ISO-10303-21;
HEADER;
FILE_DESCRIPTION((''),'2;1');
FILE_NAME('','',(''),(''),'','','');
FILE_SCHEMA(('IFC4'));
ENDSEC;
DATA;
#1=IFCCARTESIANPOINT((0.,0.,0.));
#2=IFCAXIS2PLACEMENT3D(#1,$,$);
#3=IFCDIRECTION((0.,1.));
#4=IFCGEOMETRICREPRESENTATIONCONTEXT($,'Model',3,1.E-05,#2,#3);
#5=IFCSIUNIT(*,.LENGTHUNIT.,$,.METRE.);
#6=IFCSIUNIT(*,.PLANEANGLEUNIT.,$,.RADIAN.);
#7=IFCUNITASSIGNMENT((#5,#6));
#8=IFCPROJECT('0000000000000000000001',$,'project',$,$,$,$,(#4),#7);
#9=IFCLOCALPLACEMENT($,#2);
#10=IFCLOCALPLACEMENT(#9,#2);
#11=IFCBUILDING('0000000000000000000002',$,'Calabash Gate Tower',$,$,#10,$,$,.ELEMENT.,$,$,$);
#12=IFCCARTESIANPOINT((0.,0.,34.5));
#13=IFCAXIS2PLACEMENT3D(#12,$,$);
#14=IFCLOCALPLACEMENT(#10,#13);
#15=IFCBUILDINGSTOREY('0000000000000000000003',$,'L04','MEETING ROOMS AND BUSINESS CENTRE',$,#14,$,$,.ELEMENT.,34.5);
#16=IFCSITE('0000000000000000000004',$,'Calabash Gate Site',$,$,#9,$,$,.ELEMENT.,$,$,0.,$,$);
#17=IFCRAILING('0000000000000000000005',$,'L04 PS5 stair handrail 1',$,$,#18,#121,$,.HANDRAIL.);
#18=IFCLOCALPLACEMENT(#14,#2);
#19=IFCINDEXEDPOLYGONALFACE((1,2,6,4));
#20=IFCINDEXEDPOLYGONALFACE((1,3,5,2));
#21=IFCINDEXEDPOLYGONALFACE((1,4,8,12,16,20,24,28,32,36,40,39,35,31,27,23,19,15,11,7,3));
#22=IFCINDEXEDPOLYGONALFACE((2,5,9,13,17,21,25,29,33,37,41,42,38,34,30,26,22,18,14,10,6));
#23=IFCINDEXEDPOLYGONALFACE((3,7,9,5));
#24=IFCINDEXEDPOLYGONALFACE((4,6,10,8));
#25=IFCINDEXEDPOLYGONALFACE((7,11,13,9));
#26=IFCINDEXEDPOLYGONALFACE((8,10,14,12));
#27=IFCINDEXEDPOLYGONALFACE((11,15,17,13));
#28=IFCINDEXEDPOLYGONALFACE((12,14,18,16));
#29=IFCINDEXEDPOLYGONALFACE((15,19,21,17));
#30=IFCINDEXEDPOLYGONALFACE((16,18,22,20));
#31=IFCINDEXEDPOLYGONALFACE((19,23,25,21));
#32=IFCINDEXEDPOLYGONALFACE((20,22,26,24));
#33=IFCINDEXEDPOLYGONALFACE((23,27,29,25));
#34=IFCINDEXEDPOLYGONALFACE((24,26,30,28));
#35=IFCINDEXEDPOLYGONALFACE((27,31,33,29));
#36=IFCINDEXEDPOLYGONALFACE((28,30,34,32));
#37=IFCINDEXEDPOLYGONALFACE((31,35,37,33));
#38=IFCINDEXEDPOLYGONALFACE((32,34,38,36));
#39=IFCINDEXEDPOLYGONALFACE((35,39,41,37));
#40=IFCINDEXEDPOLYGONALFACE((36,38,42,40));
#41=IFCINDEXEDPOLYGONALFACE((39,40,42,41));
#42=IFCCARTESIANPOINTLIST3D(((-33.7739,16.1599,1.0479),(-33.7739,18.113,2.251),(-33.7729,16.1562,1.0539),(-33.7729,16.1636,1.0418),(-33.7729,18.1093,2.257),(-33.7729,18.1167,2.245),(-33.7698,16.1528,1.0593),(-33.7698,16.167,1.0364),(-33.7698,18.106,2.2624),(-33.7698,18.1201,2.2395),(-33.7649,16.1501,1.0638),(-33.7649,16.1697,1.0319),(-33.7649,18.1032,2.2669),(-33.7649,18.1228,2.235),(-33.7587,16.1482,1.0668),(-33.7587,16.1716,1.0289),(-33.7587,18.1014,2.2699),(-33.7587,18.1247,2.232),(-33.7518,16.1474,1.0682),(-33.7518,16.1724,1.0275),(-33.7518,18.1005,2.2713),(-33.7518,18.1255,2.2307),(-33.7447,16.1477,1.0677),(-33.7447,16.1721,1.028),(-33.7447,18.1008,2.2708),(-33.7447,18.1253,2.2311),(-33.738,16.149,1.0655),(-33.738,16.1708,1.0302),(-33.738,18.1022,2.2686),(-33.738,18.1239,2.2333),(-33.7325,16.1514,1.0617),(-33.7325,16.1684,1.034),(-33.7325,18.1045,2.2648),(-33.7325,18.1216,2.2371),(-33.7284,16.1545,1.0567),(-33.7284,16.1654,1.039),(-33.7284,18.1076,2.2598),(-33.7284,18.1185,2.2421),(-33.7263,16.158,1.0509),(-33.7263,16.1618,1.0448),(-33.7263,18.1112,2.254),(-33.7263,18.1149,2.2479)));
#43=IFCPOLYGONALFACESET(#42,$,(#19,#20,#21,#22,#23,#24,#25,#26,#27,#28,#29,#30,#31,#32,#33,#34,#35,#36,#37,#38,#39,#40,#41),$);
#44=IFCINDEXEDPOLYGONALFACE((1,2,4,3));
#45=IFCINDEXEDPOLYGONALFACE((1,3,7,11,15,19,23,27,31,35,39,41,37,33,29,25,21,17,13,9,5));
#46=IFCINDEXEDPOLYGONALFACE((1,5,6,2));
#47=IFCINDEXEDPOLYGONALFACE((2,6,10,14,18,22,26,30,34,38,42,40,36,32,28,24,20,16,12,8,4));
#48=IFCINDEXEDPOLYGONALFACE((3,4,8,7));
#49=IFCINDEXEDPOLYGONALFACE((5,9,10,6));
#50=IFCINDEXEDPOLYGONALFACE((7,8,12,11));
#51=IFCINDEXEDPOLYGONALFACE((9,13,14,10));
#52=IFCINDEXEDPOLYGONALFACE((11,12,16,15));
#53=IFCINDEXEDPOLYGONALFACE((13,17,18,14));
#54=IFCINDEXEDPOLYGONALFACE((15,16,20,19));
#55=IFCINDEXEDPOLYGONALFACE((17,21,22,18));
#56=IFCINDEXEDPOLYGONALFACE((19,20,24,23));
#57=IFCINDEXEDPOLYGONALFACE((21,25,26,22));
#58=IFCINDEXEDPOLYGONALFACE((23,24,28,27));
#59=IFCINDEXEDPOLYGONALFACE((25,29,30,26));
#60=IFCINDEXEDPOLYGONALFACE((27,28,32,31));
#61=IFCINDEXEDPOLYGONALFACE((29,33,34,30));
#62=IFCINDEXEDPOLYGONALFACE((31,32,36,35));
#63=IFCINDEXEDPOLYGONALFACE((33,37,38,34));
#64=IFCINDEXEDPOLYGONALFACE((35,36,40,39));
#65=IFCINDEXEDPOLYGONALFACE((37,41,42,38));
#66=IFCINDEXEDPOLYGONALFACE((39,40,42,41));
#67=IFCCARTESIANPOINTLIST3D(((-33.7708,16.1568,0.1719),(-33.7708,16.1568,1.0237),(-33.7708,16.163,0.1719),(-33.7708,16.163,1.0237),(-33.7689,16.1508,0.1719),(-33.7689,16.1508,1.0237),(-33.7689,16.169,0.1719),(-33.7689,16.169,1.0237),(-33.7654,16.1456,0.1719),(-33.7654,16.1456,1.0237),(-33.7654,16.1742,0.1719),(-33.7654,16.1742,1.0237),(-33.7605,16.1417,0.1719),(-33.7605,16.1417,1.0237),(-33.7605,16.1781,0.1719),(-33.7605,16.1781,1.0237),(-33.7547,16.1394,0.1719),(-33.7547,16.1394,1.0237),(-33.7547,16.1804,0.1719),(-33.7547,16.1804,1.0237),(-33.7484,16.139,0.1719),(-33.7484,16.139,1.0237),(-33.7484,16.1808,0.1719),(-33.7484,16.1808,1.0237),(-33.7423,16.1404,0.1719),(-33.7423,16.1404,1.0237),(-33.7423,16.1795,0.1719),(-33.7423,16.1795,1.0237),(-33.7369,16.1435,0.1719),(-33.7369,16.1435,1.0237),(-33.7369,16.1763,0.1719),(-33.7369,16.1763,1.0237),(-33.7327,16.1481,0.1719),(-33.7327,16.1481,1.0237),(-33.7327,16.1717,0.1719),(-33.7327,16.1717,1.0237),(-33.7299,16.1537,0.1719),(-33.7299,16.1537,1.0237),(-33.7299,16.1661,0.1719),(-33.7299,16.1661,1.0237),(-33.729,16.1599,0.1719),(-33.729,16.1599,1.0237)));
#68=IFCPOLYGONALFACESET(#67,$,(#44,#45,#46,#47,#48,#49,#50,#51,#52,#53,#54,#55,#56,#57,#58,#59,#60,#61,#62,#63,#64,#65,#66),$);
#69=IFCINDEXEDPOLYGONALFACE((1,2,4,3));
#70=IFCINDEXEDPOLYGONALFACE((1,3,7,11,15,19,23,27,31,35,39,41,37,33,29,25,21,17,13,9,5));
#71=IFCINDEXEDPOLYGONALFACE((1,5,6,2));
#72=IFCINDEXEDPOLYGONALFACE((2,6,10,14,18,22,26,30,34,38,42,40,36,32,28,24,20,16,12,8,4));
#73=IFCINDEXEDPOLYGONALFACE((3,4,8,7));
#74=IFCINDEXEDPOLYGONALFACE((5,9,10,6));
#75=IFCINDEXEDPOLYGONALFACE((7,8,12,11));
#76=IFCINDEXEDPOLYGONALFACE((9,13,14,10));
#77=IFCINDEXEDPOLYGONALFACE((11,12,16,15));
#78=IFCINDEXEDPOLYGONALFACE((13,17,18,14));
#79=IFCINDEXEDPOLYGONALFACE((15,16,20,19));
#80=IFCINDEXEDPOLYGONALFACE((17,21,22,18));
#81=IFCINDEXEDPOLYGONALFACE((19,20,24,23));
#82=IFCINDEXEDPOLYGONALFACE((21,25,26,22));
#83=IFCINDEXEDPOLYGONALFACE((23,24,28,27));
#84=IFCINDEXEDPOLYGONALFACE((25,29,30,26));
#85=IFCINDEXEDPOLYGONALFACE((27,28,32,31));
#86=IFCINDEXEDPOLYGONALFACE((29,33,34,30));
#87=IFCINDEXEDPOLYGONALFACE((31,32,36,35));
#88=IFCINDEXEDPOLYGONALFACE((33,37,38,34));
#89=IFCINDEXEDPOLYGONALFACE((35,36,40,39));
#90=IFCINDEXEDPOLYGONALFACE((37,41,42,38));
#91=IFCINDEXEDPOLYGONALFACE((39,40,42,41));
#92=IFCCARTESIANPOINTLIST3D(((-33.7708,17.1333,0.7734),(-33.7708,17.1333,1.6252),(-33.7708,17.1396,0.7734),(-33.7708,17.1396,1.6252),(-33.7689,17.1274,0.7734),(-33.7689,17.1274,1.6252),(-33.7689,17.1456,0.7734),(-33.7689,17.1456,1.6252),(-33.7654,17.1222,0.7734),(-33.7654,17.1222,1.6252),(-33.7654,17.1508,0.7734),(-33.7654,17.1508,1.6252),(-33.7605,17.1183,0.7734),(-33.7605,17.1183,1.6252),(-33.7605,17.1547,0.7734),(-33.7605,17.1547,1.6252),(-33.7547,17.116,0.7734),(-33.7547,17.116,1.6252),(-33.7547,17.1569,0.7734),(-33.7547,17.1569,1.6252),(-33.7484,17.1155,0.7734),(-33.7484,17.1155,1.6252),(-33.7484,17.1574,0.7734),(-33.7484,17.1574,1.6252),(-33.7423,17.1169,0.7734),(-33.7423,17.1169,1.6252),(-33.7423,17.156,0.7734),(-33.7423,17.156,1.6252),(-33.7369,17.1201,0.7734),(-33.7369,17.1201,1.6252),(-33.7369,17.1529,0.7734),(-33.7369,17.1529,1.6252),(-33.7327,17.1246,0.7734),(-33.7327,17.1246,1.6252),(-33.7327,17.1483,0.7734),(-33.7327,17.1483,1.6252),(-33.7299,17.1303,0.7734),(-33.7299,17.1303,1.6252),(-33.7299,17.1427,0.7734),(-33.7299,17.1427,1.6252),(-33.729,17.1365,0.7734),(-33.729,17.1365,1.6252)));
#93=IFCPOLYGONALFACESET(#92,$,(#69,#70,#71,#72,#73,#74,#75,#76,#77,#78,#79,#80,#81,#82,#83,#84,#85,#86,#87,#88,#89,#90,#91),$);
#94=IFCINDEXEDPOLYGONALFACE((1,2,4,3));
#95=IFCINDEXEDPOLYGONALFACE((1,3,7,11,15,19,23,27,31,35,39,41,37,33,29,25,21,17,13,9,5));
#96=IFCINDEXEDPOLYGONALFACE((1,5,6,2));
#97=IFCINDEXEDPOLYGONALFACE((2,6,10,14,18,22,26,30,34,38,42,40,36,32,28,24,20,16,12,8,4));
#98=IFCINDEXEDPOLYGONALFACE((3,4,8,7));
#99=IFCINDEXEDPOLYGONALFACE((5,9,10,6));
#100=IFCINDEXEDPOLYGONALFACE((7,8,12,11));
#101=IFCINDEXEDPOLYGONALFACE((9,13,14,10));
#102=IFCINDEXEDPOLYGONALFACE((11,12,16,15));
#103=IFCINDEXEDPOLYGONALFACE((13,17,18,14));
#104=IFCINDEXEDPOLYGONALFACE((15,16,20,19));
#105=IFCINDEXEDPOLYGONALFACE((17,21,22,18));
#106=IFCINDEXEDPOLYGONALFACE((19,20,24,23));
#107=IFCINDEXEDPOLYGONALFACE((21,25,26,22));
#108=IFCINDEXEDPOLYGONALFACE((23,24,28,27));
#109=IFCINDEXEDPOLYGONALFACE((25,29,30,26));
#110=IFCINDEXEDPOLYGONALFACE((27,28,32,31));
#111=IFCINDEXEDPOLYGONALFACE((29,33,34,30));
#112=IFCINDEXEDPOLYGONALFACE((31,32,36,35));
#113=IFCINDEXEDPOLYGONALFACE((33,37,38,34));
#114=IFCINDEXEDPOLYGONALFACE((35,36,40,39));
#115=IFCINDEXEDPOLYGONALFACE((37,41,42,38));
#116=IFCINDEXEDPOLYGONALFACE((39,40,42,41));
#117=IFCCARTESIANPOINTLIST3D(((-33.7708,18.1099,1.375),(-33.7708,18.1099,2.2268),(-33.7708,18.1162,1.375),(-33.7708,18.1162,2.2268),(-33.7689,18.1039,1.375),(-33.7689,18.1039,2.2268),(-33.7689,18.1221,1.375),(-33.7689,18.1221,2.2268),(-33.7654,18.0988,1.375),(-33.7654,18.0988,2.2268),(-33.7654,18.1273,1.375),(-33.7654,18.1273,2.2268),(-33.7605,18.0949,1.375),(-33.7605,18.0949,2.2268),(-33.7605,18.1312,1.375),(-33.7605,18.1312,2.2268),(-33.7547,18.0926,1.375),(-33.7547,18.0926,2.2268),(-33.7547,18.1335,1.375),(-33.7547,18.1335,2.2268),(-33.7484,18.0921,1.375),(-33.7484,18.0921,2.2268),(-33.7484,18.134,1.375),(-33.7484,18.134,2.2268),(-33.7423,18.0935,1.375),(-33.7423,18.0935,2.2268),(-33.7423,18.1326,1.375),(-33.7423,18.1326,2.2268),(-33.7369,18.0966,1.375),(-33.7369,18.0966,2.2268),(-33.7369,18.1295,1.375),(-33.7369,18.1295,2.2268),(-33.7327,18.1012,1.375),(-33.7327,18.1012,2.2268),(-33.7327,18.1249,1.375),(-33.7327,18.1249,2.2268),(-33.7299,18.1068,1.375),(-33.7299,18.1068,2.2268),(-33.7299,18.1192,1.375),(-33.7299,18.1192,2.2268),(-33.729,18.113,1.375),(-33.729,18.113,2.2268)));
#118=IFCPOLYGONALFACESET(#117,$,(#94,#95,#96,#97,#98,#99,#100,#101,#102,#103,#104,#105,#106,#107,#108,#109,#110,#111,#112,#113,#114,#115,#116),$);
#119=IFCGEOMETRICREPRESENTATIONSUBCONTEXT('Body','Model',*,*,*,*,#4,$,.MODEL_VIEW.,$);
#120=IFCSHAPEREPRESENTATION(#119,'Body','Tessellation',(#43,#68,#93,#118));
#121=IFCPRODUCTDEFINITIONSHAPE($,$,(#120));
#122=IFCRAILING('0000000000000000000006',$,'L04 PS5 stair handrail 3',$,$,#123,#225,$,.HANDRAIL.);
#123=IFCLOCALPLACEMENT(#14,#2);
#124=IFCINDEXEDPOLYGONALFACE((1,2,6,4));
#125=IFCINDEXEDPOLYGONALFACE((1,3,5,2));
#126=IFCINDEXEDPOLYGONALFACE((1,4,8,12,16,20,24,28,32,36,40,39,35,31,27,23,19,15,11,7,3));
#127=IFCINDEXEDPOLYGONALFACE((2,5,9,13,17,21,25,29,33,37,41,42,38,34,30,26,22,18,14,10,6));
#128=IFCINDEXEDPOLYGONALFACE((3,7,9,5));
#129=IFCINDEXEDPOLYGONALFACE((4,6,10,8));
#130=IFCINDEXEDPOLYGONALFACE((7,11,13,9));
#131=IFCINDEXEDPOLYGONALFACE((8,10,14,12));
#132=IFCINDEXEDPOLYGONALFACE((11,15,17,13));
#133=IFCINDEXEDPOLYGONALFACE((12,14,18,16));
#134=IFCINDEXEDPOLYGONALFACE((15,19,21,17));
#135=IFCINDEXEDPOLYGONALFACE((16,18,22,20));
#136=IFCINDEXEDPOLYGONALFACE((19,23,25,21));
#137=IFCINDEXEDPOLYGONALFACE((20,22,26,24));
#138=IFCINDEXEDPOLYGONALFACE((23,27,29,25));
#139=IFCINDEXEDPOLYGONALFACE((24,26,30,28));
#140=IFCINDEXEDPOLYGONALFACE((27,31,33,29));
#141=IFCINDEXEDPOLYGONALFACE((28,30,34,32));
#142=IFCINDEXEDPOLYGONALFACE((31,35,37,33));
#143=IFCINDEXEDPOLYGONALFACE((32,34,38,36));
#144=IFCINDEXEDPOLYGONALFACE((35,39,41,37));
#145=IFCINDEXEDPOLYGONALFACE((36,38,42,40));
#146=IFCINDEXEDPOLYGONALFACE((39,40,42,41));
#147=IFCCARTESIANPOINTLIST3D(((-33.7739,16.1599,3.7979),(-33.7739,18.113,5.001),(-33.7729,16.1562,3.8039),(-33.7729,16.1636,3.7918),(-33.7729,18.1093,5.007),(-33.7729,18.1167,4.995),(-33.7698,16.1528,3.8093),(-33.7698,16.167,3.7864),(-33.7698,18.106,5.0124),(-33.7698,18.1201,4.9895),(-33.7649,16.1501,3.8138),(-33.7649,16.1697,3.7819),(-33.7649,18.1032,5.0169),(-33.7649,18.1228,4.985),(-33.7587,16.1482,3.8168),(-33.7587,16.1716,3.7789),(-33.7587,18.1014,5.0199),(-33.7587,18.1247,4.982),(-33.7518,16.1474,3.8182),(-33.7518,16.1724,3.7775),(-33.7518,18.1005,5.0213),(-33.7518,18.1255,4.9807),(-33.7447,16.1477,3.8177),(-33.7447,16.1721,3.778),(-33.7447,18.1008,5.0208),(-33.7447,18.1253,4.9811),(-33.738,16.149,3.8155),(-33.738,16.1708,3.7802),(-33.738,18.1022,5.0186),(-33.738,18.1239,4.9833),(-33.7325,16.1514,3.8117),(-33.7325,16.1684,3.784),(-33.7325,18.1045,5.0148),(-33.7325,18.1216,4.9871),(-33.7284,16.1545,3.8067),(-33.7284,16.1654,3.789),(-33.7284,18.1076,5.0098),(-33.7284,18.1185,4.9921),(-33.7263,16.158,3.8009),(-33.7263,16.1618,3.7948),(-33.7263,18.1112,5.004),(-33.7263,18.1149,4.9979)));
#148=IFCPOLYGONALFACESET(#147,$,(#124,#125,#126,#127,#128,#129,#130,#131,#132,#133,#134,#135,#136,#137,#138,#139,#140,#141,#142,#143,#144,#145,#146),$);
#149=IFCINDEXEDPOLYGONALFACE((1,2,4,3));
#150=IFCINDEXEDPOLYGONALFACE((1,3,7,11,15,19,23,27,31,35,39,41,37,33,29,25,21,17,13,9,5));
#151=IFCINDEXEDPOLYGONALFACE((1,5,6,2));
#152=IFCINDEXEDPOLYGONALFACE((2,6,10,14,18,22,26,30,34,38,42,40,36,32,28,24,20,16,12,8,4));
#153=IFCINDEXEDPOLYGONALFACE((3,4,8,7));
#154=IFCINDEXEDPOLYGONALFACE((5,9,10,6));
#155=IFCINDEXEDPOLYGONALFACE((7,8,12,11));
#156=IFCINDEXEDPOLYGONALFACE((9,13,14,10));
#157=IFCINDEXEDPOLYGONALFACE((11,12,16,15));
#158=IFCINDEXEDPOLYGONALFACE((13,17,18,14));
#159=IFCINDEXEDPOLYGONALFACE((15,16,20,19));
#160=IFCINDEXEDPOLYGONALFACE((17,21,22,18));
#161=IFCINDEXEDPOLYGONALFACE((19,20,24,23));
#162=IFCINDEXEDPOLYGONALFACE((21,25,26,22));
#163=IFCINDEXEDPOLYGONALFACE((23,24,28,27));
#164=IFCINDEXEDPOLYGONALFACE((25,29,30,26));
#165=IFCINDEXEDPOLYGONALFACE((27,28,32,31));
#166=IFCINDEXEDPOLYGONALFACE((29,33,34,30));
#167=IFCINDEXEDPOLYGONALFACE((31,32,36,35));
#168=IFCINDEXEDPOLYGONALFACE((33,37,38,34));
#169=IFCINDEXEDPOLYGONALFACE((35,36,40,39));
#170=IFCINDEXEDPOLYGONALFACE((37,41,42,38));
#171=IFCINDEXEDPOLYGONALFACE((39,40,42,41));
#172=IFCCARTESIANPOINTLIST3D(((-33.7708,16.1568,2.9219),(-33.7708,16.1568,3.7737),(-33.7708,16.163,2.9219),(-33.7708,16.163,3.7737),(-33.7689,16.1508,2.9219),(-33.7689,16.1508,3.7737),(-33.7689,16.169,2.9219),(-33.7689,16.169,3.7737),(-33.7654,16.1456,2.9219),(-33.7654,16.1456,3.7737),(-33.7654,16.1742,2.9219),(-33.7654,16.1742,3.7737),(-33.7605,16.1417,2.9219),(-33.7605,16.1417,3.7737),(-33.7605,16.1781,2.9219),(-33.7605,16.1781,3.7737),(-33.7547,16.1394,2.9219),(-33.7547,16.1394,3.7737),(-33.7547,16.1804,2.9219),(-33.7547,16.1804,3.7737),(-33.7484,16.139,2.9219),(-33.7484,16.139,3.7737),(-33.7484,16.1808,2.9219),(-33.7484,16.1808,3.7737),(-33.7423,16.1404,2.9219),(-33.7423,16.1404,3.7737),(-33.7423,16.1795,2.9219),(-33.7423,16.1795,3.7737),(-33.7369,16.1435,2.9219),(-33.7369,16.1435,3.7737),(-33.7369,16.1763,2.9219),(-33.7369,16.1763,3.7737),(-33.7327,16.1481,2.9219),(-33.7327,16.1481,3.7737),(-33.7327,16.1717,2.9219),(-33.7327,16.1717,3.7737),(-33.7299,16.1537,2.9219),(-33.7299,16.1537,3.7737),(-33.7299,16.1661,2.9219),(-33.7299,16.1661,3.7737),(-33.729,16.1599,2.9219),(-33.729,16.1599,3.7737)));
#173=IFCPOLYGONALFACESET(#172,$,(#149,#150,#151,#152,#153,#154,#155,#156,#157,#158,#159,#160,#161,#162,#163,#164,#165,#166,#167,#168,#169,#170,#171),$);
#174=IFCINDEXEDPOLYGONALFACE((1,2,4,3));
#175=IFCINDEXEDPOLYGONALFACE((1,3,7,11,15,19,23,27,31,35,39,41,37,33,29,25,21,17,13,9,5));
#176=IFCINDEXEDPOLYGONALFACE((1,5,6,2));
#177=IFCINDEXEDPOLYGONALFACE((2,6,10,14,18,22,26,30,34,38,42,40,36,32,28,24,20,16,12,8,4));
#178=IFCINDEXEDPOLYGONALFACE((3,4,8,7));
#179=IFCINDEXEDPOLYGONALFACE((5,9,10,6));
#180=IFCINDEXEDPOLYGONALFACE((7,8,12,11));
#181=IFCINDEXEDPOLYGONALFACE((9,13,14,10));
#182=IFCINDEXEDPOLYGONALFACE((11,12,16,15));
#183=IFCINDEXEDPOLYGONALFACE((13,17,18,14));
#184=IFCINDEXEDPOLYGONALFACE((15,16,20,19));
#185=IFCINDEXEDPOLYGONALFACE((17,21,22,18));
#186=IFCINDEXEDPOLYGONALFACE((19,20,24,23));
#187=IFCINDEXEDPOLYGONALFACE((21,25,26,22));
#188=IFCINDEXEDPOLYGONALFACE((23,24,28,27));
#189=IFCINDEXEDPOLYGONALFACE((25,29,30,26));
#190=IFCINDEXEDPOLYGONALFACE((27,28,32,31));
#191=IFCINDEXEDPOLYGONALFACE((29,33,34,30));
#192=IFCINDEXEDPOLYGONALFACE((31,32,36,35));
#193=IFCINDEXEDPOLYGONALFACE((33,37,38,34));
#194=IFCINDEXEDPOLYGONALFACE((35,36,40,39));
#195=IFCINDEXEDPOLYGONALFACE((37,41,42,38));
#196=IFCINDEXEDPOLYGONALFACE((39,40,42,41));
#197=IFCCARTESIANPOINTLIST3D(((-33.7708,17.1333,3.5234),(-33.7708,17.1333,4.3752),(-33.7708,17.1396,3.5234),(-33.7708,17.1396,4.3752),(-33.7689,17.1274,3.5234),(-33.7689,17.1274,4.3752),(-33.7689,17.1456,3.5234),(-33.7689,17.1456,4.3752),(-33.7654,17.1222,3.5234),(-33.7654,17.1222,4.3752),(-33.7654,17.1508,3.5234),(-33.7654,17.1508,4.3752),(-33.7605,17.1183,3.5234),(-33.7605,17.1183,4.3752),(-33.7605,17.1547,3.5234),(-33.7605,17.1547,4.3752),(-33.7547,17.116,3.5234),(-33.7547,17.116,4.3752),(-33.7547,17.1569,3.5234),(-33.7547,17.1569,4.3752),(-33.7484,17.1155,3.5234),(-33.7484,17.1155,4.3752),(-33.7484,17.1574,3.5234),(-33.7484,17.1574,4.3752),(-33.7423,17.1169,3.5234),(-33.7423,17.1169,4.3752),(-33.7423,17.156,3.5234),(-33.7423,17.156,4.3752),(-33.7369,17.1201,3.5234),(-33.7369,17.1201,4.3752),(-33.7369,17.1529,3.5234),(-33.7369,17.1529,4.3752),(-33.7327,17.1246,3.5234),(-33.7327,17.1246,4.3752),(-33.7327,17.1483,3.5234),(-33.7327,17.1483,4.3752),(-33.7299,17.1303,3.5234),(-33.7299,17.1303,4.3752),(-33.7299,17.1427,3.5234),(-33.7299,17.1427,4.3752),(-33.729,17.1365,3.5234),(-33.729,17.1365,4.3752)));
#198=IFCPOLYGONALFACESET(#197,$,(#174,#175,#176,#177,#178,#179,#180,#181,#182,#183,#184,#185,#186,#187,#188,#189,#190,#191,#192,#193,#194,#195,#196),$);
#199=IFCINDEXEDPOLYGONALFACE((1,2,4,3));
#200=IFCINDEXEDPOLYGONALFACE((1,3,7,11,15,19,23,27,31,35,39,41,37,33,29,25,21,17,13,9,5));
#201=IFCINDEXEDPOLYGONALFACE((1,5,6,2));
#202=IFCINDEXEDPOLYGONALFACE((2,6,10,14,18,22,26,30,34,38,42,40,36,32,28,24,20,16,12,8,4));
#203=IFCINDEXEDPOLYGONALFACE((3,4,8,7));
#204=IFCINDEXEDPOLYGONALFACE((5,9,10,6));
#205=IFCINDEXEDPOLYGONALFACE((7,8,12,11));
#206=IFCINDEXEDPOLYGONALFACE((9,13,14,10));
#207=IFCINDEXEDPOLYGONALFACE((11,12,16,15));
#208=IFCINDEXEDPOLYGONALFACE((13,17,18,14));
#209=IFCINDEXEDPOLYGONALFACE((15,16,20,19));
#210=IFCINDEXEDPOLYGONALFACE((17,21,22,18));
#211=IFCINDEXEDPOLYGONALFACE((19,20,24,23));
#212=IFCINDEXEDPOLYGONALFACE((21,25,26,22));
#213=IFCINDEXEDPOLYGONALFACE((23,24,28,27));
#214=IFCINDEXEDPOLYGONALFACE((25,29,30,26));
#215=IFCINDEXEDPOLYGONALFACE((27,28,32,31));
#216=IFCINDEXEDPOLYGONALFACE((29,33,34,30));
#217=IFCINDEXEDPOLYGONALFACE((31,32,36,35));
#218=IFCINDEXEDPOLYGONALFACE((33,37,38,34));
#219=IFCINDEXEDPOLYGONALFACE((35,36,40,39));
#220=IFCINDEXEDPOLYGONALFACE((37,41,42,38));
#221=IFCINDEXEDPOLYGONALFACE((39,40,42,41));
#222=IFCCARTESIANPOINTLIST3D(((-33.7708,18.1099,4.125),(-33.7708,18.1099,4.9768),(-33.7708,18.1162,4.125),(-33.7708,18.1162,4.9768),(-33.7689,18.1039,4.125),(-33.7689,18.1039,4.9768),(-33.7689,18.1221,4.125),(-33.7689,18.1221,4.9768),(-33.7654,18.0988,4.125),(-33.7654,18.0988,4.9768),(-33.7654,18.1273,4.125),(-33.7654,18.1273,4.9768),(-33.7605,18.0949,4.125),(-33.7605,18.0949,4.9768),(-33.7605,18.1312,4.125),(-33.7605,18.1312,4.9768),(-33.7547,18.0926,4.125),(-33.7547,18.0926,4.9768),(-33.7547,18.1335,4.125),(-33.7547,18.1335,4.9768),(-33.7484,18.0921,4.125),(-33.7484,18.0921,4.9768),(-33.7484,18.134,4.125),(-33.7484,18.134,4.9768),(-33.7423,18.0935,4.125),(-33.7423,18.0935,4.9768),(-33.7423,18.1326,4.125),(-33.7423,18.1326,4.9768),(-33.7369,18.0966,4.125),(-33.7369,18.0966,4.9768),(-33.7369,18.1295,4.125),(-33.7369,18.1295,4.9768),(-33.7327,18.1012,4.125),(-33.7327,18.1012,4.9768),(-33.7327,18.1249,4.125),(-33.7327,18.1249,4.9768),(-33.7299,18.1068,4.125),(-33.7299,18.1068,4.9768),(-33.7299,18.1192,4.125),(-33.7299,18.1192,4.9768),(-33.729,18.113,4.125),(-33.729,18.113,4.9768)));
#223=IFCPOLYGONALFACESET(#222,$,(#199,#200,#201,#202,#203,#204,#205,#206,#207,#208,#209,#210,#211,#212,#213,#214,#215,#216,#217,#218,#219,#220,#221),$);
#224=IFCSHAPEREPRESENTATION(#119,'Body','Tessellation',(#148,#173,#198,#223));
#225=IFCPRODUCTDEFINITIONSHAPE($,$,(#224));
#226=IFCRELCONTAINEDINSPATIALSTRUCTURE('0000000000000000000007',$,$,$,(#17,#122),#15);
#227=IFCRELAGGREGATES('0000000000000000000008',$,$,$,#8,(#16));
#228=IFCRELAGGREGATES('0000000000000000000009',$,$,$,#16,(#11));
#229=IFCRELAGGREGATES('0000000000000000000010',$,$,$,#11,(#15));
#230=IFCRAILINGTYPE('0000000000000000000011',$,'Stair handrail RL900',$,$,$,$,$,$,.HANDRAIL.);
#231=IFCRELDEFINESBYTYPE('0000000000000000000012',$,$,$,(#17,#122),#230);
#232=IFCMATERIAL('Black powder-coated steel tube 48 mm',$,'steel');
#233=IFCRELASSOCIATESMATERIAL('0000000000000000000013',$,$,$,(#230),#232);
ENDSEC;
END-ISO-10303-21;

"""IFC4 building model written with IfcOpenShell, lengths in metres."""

from ifc_helpers import new_model, si_unit, direction, frame, origin, origin_2d, place, context, subcontext, project, spatial, circle, extrude, material, type_object, element, save


model = new_model("IFC4")

# Units and contexts
model_context = context("Model", 3, precision=1e-05, world=origin(), true_north=direction((0.0, 1.0)))
body_context = subcontext(model_context, "Body", "Model", "MODEL_VIEW")
ifc_project = project(units=[si_unit("LENGTHUNIT", "METRE"), si_unit("PLANEANGLEUNIT", "RADIAN")], contexts=[model_context])

# Site, building, storey
site_placement = place(None, origin())
site = spatial("IfcSite", under=ifc_project, at=site_placement, Name="Calabash Gate Site", CompositionType="ELEMENT", RefElevation=0.0)
building_placement = place(site_placement, origin())
building = spatial("IfcBuilding", under=site, at=building_placement, Name="Calabash Gate Tower", CompositionType="ELEMENT")
storey_placement = place(building_placement, frame((0.0, 0.0, 34.5)))
storey = spatial("IfcBuildingStorey", under=building, at=storey_placement, Name="L04", Description="MEETING ROOMS AND BUSINESS CENTRE", CompositionType="ELEMENT", Elevation=34.5)

# Railings
ifc_material_1 = material(Name="Black powder-coated steel tube 48 mm", Category="steel")
railing_type = type_object("IfcRailingType", Name="Stair handrail RL900", PredefinedType="HANDRAIL", material=ifc_material_1)
for number, where, name in (
    (1, (-33.75, 16.1599, 0.1719), "L04 PS5 stair handrail 1"),
    (2, (-33.75, 16.1599, 2.9219), "L04 PS5 stair handrail 3"),
):
    element("IfcRailing", number, at=place(storey_placement, frame(where)), inside=storey, type_object=railing_type, Name=name, PredefinedType="HANDRAIL", context=body_context, shape_type="SweptSolid", body=[
        extrude(circle(Radius=0.0239, at=origin_2d()), frame((0.0, 0.0, 0.876), z_axis=(0.0, 0.851424, 0.524477), x_axis=(-1.0, 0.0, 0.0)), (0.0, 0.0, 1.0), 2.2939),
        extrude(circle(Radius=0.021, at=origin_2d()), origin(), (0.0, 0.0, 1.0), 0.8518),
        extrude(circle(Radius=0.021, at=origin_2d()), frame((0.0, 0.9766, 0.6016)), (0.0, 0.0, 1.0), 0.8518),
        extrude(circle(Radius=0.021, at=origin_2d()), frame((0.0, 1.9531, 1.2031)), (0.0, 0.0, 1.0), 0.8518),
    ])

save(model, "model.ifc")
